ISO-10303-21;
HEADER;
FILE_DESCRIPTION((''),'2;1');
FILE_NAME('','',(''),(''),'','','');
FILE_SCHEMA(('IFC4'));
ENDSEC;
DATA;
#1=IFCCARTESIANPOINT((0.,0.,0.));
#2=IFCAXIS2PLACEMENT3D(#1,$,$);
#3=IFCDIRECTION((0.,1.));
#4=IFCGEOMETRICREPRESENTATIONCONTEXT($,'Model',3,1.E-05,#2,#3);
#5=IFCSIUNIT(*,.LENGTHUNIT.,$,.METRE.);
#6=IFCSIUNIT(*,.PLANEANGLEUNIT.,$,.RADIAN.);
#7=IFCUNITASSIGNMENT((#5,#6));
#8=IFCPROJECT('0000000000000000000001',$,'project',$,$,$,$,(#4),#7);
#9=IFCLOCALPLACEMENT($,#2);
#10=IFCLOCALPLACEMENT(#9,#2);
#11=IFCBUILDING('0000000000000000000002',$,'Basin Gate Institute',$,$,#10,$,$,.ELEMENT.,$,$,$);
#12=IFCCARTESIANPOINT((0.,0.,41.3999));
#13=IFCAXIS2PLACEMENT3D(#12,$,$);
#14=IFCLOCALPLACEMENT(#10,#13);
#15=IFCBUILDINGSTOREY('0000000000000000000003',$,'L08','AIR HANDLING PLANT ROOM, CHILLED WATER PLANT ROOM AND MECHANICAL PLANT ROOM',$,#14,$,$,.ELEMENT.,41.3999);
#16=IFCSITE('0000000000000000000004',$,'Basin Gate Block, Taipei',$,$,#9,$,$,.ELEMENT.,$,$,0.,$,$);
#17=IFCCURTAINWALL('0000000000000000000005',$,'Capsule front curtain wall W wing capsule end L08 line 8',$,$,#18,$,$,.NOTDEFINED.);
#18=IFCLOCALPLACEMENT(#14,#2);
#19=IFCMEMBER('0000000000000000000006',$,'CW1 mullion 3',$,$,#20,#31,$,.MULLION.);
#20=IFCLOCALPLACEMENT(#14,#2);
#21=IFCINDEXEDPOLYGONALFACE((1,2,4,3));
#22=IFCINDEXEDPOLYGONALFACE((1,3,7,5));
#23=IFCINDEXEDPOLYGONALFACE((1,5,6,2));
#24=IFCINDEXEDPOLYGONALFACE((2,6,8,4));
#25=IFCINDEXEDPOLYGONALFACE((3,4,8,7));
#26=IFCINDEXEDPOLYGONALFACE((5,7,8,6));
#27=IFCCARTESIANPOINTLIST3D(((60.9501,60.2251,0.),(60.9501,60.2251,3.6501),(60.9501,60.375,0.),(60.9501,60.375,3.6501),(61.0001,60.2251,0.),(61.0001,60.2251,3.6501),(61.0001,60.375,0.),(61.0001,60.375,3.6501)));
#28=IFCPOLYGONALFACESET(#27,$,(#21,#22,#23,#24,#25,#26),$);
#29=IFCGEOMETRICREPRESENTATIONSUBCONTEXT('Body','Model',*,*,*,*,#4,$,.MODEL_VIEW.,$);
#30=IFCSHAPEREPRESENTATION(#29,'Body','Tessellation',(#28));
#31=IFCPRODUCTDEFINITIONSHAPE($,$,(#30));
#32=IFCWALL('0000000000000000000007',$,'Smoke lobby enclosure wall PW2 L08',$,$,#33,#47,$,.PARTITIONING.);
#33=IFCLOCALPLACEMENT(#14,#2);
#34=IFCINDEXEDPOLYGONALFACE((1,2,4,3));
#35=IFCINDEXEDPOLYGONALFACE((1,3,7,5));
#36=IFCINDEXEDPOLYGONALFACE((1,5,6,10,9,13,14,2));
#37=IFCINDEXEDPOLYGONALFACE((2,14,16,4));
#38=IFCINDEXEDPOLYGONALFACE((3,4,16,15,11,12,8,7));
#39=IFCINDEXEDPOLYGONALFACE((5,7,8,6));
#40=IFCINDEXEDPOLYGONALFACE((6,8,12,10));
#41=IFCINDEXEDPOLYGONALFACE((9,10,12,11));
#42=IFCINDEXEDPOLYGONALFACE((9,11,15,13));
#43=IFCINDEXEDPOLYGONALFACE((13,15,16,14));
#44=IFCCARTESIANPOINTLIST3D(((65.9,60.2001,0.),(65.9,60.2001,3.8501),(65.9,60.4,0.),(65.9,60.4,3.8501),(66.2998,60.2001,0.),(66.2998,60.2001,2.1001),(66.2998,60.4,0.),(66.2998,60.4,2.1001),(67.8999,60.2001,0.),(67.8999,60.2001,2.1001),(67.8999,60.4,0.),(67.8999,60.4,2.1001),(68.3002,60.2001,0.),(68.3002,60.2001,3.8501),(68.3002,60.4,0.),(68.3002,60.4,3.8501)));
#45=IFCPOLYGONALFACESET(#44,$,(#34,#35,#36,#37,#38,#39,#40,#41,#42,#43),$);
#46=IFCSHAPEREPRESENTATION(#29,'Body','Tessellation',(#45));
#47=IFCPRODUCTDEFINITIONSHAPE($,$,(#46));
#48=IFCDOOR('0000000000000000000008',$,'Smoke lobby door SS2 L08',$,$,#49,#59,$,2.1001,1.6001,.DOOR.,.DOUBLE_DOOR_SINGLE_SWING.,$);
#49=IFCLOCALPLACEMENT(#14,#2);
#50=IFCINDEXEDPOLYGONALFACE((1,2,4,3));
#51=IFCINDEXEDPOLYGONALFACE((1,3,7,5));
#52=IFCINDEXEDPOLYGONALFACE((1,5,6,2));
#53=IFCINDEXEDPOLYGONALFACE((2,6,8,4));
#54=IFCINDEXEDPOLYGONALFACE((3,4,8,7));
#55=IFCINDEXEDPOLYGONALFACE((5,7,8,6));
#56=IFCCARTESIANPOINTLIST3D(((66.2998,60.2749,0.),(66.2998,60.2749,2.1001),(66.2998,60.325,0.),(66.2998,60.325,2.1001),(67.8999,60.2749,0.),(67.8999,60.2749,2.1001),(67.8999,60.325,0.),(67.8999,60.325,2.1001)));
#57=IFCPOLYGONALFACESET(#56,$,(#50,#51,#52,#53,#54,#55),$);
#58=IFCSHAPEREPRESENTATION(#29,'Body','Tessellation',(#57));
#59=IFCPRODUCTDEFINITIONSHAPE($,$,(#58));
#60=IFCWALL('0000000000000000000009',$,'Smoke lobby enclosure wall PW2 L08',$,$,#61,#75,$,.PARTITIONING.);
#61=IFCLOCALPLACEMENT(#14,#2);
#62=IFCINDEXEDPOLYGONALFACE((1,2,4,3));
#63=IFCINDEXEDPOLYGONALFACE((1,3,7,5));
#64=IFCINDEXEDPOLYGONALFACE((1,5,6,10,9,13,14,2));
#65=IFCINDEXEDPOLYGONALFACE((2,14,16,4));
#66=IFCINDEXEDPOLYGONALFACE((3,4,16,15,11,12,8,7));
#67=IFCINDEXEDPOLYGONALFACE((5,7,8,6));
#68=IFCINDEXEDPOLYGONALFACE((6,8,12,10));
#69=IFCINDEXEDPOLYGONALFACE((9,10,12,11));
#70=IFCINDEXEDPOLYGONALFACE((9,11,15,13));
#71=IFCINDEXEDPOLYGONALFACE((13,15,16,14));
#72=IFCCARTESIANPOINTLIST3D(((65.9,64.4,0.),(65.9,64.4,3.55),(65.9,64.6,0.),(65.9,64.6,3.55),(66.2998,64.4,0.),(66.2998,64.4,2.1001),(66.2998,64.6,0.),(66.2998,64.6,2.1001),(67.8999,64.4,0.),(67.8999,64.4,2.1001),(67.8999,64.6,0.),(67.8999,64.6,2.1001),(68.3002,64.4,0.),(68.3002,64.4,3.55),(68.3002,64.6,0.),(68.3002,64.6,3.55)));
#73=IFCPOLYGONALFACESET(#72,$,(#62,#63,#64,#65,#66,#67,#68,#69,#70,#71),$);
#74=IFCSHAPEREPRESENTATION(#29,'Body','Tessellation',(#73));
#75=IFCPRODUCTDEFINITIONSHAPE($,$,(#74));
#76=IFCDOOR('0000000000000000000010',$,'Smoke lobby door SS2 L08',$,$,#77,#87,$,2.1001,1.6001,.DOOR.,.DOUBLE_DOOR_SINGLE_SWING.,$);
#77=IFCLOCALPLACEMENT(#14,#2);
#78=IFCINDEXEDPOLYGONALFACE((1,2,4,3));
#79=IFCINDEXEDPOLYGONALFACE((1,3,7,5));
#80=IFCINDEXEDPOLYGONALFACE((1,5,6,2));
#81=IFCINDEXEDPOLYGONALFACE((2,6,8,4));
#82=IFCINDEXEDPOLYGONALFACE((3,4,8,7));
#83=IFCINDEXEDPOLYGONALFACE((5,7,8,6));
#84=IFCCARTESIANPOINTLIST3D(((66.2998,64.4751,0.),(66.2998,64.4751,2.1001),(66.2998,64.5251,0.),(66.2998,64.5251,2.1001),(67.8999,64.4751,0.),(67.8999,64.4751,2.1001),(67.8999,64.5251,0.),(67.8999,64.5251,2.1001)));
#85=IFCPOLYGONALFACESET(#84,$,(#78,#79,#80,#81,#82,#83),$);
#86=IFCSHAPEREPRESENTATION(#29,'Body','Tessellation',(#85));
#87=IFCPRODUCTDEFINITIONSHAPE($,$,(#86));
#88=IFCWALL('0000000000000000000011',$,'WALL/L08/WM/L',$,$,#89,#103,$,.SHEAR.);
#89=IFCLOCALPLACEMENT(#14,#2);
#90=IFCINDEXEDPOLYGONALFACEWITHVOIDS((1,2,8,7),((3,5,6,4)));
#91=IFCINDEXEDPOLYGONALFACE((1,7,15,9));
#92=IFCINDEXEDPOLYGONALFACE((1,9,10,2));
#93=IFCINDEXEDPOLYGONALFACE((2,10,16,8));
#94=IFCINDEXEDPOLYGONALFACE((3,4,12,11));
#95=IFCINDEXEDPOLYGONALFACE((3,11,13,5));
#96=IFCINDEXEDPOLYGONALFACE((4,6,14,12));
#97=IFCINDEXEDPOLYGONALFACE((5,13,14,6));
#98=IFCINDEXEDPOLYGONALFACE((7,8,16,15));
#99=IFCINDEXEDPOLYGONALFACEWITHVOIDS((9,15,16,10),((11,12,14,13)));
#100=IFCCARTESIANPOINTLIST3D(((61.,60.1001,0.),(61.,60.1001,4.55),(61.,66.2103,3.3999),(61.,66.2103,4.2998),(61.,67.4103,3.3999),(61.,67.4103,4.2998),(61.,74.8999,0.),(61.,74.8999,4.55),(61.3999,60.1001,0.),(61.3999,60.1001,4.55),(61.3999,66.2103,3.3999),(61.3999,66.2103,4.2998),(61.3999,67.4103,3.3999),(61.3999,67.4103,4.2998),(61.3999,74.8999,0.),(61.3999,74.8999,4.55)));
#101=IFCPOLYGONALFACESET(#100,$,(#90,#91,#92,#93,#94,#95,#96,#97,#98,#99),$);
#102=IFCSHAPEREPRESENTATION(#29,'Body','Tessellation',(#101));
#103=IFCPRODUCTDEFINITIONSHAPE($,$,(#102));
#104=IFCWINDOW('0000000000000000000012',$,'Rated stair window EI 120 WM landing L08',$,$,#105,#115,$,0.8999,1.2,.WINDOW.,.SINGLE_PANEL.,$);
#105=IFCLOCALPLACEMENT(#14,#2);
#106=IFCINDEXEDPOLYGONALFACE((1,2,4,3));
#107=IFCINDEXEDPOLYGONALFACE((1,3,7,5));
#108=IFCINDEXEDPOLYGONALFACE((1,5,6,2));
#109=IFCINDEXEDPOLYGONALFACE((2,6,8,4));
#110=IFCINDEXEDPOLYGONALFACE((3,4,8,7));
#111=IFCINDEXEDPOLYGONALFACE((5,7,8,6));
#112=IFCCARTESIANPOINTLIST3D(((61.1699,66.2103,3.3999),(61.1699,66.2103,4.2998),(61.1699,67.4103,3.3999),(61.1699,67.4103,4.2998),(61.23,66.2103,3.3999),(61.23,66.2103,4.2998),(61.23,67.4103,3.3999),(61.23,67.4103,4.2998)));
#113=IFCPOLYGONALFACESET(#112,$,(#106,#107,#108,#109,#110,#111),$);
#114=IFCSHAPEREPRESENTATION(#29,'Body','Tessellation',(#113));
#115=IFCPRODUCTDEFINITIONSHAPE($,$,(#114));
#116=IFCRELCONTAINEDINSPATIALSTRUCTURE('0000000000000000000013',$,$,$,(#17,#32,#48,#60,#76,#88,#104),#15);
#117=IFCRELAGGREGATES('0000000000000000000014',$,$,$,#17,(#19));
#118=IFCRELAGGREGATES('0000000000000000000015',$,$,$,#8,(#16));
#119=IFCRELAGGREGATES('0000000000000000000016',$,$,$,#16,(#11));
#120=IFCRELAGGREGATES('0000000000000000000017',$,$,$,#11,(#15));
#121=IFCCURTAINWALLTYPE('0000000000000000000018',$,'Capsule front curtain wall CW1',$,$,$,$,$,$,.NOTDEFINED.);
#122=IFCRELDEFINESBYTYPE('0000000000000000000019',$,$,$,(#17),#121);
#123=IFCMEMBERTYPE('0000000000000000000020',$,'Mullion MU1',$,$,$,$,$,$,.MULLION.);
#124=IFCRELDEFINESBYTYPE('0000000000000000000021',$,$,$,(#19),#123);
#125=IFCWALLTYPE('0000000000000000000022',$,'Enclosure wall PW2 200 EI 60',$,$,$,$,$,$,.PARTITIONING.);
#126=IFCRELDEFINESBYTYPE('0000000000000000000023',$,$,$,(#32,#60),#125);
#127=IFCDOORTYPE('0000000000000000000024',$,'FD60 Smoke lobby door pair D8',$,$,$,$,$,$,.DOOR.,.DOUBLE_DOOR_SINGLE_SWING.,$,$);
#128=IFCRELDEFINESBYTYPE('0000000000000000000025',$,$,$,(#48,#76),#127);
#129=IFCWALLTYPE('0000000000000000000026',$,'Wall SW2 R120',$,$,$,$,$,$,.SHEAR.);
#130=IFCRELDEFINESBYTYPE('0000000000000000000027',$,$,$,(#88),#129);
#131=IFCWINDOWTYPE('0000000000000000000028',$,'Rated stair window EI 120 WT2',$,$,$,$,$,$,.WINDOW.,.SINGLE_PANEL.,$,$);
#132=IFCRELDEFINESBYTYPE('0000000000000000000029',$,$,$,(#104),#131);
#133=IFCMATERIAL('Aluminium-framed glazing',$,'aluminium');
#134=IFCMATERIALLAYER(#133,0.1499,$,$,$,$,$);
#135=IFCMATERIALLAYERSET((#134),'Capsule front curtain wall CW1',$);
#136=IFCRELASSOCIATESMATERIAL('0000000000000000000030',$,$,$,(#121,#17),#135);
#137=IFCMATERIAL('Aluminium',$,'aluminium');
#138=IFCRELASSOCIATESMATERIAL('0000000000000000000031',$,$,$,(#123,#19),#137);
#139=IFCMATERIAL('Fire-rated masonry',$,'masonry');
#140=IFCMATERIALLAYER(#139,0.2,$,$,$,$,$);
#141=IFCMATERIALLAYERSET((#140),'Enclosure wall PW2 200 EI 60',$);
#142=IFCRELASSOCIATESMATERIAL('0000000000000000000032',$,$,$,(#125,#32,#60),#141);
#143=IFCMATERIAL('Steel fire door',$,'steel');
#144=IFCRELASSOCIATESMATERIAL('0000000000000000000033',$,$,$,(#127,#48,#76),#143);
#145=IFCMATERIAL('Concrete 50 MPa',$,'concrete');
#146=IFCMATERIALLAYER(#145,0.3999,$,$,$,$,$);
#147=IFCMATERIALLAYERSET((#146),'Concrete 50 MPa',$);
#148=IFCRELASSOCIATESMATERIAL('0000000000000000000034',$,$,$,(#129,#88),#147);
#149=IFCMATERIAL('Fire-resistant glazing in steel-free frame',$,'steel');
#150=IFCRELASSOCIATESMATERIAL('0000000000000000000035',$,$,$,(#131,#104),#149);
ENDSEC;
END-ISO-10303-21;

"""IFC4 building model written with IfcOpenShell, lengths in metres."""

from ifc_helpers import new_model, si_unit, direction, frame, frame_2d, origin, origin_2d, place, context, subcontext, project, spatial, rectangle, extrude, material, layer, layer_set, material_profile, profile_set, type_object, element, fill, aggregate, save


model = new_model("IFC4")

# Units and contexts
model_context = context("Model", 3, precision=1e-05, world=origin(), true_north=direction((0.0, 1.0)))
body_context = subcontext(model_context, "Body", "Model", "MODEL_VIEW")
ifc_project = project(units=[si_unit("LENGTHUNIT", "METRE"), si_unit("PLANEANGLEUNIT", "RADIAN")], contexts=[model_context])

# Site, building, storey
site_placement = place(None, origin())
site = spatial("IfcSite", under=ifc_project, at=site_placement, Name="Basin Gate Block, Taipei", CompositionType="ELEMENT", RefElevation=0.0)
building_placement = place(site_placement, origin())
building = spatial("IfcBuilding", under=site, at=building_placement, Name="Basin Gate Institute", CompositionType="ELEMENT")
storey_placement = place(building_placement, frame((0.0, 0.0, 41.3999)))
storey = spatial("IfcBuildingStorey", under=building, at=storey_placement, Name="L08", Description="AIR HANDLING PLANT ROOM, CHILLED WATER PLANT ROOM AND MECHANICAL PLANT ROOM", CompositionType="ELEMENT", Elevation=41.3999)

# Curtain wall, member
ifc_material_1 = material(Name="Aluminium-framed glazing", Category="aluminium")
ifc_layer_1 = layer(ifc_material_1, 0.1499)
ifc_layer_set_1 = layer_set([ifc_layer_1], Name="Capsule front curtain wall CW1")
curtain_wall_type = type_object("IfcCurtainWallType", Name="Capsule front curtain wall CW1", PredefinedType="NOTDEFINED", material=ifc_layer_set_1)
curtain_wall_placement = place(storey_placement, origin())
curtain_wall = element("IfcCurtainWall", 1, at=curtain_wall_placement, inside=storey, type_object=curtain_wall_type, material=ifc_layer_set_1, Name="Capsule front curtain wall W wing capsule end L08 line 8", PredefinedType="NOTDEFINED")
ifc_material_2 = material(Name="Aluminium", Category="aluminium")
ifc_material_profile = material_profile(ifc_material_2, rectangle(XDim=0.1499, YDim=0.05, at=origin_2d()), Name="Mullion MU1 150 x 50")
ifc_profile_set = profile_set([ifc_material_profile], Name="Aluminium")
member_type = type_object("IfcMemberType", Name="Mullion MU1", PredefinedType="MULLION", material=ifc_profile_set)
member_placement = place(storey_placement, frame((60.9751, 60.3, 0.0), z_axis=(0.0, 0.0, 1.0), x_axis=(0.0, 1.0, 0.0)))
member = element("IfcMember", 2, at=member_placement, type_object=member_type, material=ifc_profile_set, Name="CW1 mullion 3", PredefinedType="MULLION", context=body_context, shape_type="SweptSolid", body=[
    extrude(rectangle(XDim=0.1499, YDim=0.05, at=origin_2d()), origin(), (0.0, 0.0, 1.0), 3.6501),
])
aggregate(curtain_wall, [member])

# Walls, openings, doors
ifc_material_3 = material(Name="Fire-rated masonry", Category="masonry")
ifc_layer_2 = layer(ifc_material_3, 0.2)
ifc_layer_set_2 = layer_set([ifc_layer_2], Name="Enclosure wall PW2 200 EI 60")
wall_type_1 = type_object("IfcWallType", Name="Enclosure wall PW2 200 EI 60", PredefinedType="PARTITIONING", material=ifc_layer_set_2)
wall_1_placement = place(storey_placement, frame((65.8999, 60.3, 0.0), z_axis=(0.0, 0.0, 1.0), x_axis=(1.0, 0.0, 0.0)))
wall_1 = element("IfcWall", 3, at=wall_1_placement, inside=storey, type_object=wall_type_1, material=ifc_layer_set_2, Name="Smoke lobby enclosure wall PW2 L08", PredefinedType="PARTITIONING", context=body_context, shape_type="SweptSolid", body=[
    extrude(rectangle(XDim=2.4001, YDim=0.2, at=frame_2d((1.2002, 0.0))), origin(), (0.0, 0.0, 1.0), 3.8501),
])
opening_1_placement = place(wall_1_placement, frame((0.3999, 0.0, 0.0)))
opening_1 = element("IfcOpeningElement", 4, at=opening_1_placement, cuts=wall_1, PredefinedType="OPENING", context=body_context, shape_type="SweptSolid", body=[
    extrude(rectangle(XDim=1.6001, YDim=2.1001, at=frame_2d((0.8, 1.05))), frame((0.0, 0.1099, 0.0), z_axis=(0.0, -1.0, 0.0), x_axis=(1.0, 0.0, 0.0)), (0.0, 0.0, 1.0), 0.22),
])
ifc_material_4 = material(Name="Steel fire door", Category="steel")
door_type_1 = type_object("IfcDoorType", Name="FD60 Smoke lobby door pair D8", OperationType="DOUBLE_DOOR_SINGLE_SWING", PredefinedType="DOOR", material=ifc_material_4)
door_1_placement = place(opening_1_placement, origin())
door_1 = element("IfcDoor", 5, at=door_1_placement, inside=storey, type_object=door_type_1, material=ifc_material_4, Name="Smoke lobby door SS2 L08", OperationType="DOUBLE_DOOR_SINGLE_SWING", OverallHeight=2.1001, OverallWidth=1.6001, PredefinedType="DOOR", context=body_context, shape_type="SweptSolid", body=[
    extrude(rectangle(XDim=1.6001, YDim=2.1001, at=frame_2d((0.8, 1.05))), frame((0.0, 0.0249, 0.0), z_axis=(0.0, -1.0, 0.0), x_axis=(1.0, 0.0, 0.0)), (0.0, 0.0, 1.0), 0.05),
])
fill(opening_1, door_1)
wall_2_placement = place(storey_placement, frame((65.8999, 64.5, 0.0), z_axis=(0.0, 0.0, 1.0), x_axis=(1.0, 0.0, 0.0)))
wall_2 = element("IfcWall", 6, at=wall_2_placement, inside=storey, type_object=wall_type_1, material=ifc_layer_set_2, Name="Smoke lobby enclosure wall PW2 L08", PredefinedType="PARTITIONING", context=body_context, shape_type="SweptSolid", body=[
    extrude(rectangle(XDim=2.4001, YDim=0.2, at=frame_2d((1.2002, 0.0))), origin(), (0.0, 0.0, 1.0), 3.55),
])
opening_2_placement = place(wall_2_placement, frame((0.3999, 0.0, 0.0)))
opening_2 = element("IfcOpeningElement", 7, at=opening_2_placement, cuts=wall_2, PredefinedType="OPENING", context=body_context, shape_type="SweptSolid", body=[
    extrude(rectangle(XDim=1.6001, YDim=2.1001, at=frame_2d((0.8, 1.05))), frame((0.0, 0.1099, 0.0), z_axis=(0.0, -1.0, 0.0), x_axis=(1.0, 0.0, 0.0)), (0.0, 0.0, 1.0), 0.22),
])
door_2_placement = place(opening_2_placement, frame((1.6001, 0.0, 0.0), z_axis=(0.0, 0.0, 1.0), x_axis=(-1.0, 0.0, 0.0)))
door_2 = element("IfcDoor", 8, at=door_2_placement, inside=storey, type_object=door_type_1, material=ifc_material_4, Name="Smoke lobby door SS2 L08", OperationType="DOUBLE_DOOR_SINGLE_SWING", OverallHeight=2.1001, OverallWidth=1.6001, PredefinedType="DOOR", context=body_context, shape_type="SweptSolid", body=[
    extrude(rectangle(XDim=1.6001, YDim=2.1001, at=frame_2d((0.8, 1.05))), frame((0.0, 0.0249, 0.0), z_axis=(0.0, -1.0, 0.0), x_axis=(1.0, 0.0, 0.0)), (0.0, 0.0, 1.0), 0.05),
])
fill(opening_2, door_2)

# Wall, opening, window
ifc_material_5 = material(Name="Concrete 50 MPa", Category="concrete")
ifc_layer_3 = layer(ifc_material_5, 0.3999)
ifc_layer_set_3 = layer_set([ifc_layer_3], Name="Concrete 50 MPa")
wall_type_2 = type_object("IfcWallType", Name="Wall SW2 R120", PredefinedType="SHEAR", material=ifc_layer_set_3)
wall_3_placement = place(storey_placement, frame((61.2, 60.1001, 0.0), z_axis=(0.0, 0.0, 1.0), x_axis=(0.0, 1.0, 0.0)))
wall_3 = element("IfcWall", 9, at=wall_3_placement, inside=storey, type_object=wall_type_2, material=ifc_layer_set_3, Name="WALL/L08/WM/L", PredefinedType="SHEAR", context=body_context, shape_type="SweptSolid", body=[
    extrude(rectangle(XDim=14.7998, YDim=0.3999, at=frame_2d((7.3999, 0.0))), origin(), (0.0, 0.0, 1.0), 4.55),
])
opening_3_placement = place(wall_3_placement, frame((6.1101, 0.0, 3.3999)))
opening_3 = element("IfcOpeningElement", 10, at=opening_3_placement, cuts=wall_3, PredefinedType="OPENING", context=body_context, shape_type="SweptSolid", body=[
    extrude(rectangle(XDim=1.2, YDim=0.8999, at=frame_2d((0.6001, 0.45))), frame((0.0, 0.21, 0.0), z_axis=(0.0, -1.0, 0.0), x_axis=(1.0, 0.0, 0.0)), (0.0, 0.0, 1.0), 0.4199),
])
ifc_material_6 = material(Name="Fire-resistant glazing in steel-free frame", Category="steel")
window_type = type_object("IfcWindowType", Name="Rated stair window EI 120 WT2", PartitioningType="SINGLE_PANEL", PredefinedType="WINDOW", material=ifc_material_6)
window_placement = place(opening_3_placement, origin())
window = element("IfcWindow", 11, at=window_placement, inside=storey, type_object=window_type, material=ifc_material_6, Name="Rated stair window EI 120 WM landing L08", OverallHeight=0.8999, OverallWidth=1.2, PartitioningType="SINGLE_PANEL", PredefinedType="WINDOW", context=body_context, shape_type="SweptSolid", body=[
    extrude(rectangle(XDim=1.2, YDim=0.8999, at=frame_2d((0.6001, 0.45))), frame((0.0, 0.03, 0.0), z_axis=(0.0, -1.0, 0.0), x_axis=(1.0, 0.0, 0.0)), (0.0, 0.0, 1.0), 0.0601),
])
fill(opening_3, window)

save(model, "model.ifc")
